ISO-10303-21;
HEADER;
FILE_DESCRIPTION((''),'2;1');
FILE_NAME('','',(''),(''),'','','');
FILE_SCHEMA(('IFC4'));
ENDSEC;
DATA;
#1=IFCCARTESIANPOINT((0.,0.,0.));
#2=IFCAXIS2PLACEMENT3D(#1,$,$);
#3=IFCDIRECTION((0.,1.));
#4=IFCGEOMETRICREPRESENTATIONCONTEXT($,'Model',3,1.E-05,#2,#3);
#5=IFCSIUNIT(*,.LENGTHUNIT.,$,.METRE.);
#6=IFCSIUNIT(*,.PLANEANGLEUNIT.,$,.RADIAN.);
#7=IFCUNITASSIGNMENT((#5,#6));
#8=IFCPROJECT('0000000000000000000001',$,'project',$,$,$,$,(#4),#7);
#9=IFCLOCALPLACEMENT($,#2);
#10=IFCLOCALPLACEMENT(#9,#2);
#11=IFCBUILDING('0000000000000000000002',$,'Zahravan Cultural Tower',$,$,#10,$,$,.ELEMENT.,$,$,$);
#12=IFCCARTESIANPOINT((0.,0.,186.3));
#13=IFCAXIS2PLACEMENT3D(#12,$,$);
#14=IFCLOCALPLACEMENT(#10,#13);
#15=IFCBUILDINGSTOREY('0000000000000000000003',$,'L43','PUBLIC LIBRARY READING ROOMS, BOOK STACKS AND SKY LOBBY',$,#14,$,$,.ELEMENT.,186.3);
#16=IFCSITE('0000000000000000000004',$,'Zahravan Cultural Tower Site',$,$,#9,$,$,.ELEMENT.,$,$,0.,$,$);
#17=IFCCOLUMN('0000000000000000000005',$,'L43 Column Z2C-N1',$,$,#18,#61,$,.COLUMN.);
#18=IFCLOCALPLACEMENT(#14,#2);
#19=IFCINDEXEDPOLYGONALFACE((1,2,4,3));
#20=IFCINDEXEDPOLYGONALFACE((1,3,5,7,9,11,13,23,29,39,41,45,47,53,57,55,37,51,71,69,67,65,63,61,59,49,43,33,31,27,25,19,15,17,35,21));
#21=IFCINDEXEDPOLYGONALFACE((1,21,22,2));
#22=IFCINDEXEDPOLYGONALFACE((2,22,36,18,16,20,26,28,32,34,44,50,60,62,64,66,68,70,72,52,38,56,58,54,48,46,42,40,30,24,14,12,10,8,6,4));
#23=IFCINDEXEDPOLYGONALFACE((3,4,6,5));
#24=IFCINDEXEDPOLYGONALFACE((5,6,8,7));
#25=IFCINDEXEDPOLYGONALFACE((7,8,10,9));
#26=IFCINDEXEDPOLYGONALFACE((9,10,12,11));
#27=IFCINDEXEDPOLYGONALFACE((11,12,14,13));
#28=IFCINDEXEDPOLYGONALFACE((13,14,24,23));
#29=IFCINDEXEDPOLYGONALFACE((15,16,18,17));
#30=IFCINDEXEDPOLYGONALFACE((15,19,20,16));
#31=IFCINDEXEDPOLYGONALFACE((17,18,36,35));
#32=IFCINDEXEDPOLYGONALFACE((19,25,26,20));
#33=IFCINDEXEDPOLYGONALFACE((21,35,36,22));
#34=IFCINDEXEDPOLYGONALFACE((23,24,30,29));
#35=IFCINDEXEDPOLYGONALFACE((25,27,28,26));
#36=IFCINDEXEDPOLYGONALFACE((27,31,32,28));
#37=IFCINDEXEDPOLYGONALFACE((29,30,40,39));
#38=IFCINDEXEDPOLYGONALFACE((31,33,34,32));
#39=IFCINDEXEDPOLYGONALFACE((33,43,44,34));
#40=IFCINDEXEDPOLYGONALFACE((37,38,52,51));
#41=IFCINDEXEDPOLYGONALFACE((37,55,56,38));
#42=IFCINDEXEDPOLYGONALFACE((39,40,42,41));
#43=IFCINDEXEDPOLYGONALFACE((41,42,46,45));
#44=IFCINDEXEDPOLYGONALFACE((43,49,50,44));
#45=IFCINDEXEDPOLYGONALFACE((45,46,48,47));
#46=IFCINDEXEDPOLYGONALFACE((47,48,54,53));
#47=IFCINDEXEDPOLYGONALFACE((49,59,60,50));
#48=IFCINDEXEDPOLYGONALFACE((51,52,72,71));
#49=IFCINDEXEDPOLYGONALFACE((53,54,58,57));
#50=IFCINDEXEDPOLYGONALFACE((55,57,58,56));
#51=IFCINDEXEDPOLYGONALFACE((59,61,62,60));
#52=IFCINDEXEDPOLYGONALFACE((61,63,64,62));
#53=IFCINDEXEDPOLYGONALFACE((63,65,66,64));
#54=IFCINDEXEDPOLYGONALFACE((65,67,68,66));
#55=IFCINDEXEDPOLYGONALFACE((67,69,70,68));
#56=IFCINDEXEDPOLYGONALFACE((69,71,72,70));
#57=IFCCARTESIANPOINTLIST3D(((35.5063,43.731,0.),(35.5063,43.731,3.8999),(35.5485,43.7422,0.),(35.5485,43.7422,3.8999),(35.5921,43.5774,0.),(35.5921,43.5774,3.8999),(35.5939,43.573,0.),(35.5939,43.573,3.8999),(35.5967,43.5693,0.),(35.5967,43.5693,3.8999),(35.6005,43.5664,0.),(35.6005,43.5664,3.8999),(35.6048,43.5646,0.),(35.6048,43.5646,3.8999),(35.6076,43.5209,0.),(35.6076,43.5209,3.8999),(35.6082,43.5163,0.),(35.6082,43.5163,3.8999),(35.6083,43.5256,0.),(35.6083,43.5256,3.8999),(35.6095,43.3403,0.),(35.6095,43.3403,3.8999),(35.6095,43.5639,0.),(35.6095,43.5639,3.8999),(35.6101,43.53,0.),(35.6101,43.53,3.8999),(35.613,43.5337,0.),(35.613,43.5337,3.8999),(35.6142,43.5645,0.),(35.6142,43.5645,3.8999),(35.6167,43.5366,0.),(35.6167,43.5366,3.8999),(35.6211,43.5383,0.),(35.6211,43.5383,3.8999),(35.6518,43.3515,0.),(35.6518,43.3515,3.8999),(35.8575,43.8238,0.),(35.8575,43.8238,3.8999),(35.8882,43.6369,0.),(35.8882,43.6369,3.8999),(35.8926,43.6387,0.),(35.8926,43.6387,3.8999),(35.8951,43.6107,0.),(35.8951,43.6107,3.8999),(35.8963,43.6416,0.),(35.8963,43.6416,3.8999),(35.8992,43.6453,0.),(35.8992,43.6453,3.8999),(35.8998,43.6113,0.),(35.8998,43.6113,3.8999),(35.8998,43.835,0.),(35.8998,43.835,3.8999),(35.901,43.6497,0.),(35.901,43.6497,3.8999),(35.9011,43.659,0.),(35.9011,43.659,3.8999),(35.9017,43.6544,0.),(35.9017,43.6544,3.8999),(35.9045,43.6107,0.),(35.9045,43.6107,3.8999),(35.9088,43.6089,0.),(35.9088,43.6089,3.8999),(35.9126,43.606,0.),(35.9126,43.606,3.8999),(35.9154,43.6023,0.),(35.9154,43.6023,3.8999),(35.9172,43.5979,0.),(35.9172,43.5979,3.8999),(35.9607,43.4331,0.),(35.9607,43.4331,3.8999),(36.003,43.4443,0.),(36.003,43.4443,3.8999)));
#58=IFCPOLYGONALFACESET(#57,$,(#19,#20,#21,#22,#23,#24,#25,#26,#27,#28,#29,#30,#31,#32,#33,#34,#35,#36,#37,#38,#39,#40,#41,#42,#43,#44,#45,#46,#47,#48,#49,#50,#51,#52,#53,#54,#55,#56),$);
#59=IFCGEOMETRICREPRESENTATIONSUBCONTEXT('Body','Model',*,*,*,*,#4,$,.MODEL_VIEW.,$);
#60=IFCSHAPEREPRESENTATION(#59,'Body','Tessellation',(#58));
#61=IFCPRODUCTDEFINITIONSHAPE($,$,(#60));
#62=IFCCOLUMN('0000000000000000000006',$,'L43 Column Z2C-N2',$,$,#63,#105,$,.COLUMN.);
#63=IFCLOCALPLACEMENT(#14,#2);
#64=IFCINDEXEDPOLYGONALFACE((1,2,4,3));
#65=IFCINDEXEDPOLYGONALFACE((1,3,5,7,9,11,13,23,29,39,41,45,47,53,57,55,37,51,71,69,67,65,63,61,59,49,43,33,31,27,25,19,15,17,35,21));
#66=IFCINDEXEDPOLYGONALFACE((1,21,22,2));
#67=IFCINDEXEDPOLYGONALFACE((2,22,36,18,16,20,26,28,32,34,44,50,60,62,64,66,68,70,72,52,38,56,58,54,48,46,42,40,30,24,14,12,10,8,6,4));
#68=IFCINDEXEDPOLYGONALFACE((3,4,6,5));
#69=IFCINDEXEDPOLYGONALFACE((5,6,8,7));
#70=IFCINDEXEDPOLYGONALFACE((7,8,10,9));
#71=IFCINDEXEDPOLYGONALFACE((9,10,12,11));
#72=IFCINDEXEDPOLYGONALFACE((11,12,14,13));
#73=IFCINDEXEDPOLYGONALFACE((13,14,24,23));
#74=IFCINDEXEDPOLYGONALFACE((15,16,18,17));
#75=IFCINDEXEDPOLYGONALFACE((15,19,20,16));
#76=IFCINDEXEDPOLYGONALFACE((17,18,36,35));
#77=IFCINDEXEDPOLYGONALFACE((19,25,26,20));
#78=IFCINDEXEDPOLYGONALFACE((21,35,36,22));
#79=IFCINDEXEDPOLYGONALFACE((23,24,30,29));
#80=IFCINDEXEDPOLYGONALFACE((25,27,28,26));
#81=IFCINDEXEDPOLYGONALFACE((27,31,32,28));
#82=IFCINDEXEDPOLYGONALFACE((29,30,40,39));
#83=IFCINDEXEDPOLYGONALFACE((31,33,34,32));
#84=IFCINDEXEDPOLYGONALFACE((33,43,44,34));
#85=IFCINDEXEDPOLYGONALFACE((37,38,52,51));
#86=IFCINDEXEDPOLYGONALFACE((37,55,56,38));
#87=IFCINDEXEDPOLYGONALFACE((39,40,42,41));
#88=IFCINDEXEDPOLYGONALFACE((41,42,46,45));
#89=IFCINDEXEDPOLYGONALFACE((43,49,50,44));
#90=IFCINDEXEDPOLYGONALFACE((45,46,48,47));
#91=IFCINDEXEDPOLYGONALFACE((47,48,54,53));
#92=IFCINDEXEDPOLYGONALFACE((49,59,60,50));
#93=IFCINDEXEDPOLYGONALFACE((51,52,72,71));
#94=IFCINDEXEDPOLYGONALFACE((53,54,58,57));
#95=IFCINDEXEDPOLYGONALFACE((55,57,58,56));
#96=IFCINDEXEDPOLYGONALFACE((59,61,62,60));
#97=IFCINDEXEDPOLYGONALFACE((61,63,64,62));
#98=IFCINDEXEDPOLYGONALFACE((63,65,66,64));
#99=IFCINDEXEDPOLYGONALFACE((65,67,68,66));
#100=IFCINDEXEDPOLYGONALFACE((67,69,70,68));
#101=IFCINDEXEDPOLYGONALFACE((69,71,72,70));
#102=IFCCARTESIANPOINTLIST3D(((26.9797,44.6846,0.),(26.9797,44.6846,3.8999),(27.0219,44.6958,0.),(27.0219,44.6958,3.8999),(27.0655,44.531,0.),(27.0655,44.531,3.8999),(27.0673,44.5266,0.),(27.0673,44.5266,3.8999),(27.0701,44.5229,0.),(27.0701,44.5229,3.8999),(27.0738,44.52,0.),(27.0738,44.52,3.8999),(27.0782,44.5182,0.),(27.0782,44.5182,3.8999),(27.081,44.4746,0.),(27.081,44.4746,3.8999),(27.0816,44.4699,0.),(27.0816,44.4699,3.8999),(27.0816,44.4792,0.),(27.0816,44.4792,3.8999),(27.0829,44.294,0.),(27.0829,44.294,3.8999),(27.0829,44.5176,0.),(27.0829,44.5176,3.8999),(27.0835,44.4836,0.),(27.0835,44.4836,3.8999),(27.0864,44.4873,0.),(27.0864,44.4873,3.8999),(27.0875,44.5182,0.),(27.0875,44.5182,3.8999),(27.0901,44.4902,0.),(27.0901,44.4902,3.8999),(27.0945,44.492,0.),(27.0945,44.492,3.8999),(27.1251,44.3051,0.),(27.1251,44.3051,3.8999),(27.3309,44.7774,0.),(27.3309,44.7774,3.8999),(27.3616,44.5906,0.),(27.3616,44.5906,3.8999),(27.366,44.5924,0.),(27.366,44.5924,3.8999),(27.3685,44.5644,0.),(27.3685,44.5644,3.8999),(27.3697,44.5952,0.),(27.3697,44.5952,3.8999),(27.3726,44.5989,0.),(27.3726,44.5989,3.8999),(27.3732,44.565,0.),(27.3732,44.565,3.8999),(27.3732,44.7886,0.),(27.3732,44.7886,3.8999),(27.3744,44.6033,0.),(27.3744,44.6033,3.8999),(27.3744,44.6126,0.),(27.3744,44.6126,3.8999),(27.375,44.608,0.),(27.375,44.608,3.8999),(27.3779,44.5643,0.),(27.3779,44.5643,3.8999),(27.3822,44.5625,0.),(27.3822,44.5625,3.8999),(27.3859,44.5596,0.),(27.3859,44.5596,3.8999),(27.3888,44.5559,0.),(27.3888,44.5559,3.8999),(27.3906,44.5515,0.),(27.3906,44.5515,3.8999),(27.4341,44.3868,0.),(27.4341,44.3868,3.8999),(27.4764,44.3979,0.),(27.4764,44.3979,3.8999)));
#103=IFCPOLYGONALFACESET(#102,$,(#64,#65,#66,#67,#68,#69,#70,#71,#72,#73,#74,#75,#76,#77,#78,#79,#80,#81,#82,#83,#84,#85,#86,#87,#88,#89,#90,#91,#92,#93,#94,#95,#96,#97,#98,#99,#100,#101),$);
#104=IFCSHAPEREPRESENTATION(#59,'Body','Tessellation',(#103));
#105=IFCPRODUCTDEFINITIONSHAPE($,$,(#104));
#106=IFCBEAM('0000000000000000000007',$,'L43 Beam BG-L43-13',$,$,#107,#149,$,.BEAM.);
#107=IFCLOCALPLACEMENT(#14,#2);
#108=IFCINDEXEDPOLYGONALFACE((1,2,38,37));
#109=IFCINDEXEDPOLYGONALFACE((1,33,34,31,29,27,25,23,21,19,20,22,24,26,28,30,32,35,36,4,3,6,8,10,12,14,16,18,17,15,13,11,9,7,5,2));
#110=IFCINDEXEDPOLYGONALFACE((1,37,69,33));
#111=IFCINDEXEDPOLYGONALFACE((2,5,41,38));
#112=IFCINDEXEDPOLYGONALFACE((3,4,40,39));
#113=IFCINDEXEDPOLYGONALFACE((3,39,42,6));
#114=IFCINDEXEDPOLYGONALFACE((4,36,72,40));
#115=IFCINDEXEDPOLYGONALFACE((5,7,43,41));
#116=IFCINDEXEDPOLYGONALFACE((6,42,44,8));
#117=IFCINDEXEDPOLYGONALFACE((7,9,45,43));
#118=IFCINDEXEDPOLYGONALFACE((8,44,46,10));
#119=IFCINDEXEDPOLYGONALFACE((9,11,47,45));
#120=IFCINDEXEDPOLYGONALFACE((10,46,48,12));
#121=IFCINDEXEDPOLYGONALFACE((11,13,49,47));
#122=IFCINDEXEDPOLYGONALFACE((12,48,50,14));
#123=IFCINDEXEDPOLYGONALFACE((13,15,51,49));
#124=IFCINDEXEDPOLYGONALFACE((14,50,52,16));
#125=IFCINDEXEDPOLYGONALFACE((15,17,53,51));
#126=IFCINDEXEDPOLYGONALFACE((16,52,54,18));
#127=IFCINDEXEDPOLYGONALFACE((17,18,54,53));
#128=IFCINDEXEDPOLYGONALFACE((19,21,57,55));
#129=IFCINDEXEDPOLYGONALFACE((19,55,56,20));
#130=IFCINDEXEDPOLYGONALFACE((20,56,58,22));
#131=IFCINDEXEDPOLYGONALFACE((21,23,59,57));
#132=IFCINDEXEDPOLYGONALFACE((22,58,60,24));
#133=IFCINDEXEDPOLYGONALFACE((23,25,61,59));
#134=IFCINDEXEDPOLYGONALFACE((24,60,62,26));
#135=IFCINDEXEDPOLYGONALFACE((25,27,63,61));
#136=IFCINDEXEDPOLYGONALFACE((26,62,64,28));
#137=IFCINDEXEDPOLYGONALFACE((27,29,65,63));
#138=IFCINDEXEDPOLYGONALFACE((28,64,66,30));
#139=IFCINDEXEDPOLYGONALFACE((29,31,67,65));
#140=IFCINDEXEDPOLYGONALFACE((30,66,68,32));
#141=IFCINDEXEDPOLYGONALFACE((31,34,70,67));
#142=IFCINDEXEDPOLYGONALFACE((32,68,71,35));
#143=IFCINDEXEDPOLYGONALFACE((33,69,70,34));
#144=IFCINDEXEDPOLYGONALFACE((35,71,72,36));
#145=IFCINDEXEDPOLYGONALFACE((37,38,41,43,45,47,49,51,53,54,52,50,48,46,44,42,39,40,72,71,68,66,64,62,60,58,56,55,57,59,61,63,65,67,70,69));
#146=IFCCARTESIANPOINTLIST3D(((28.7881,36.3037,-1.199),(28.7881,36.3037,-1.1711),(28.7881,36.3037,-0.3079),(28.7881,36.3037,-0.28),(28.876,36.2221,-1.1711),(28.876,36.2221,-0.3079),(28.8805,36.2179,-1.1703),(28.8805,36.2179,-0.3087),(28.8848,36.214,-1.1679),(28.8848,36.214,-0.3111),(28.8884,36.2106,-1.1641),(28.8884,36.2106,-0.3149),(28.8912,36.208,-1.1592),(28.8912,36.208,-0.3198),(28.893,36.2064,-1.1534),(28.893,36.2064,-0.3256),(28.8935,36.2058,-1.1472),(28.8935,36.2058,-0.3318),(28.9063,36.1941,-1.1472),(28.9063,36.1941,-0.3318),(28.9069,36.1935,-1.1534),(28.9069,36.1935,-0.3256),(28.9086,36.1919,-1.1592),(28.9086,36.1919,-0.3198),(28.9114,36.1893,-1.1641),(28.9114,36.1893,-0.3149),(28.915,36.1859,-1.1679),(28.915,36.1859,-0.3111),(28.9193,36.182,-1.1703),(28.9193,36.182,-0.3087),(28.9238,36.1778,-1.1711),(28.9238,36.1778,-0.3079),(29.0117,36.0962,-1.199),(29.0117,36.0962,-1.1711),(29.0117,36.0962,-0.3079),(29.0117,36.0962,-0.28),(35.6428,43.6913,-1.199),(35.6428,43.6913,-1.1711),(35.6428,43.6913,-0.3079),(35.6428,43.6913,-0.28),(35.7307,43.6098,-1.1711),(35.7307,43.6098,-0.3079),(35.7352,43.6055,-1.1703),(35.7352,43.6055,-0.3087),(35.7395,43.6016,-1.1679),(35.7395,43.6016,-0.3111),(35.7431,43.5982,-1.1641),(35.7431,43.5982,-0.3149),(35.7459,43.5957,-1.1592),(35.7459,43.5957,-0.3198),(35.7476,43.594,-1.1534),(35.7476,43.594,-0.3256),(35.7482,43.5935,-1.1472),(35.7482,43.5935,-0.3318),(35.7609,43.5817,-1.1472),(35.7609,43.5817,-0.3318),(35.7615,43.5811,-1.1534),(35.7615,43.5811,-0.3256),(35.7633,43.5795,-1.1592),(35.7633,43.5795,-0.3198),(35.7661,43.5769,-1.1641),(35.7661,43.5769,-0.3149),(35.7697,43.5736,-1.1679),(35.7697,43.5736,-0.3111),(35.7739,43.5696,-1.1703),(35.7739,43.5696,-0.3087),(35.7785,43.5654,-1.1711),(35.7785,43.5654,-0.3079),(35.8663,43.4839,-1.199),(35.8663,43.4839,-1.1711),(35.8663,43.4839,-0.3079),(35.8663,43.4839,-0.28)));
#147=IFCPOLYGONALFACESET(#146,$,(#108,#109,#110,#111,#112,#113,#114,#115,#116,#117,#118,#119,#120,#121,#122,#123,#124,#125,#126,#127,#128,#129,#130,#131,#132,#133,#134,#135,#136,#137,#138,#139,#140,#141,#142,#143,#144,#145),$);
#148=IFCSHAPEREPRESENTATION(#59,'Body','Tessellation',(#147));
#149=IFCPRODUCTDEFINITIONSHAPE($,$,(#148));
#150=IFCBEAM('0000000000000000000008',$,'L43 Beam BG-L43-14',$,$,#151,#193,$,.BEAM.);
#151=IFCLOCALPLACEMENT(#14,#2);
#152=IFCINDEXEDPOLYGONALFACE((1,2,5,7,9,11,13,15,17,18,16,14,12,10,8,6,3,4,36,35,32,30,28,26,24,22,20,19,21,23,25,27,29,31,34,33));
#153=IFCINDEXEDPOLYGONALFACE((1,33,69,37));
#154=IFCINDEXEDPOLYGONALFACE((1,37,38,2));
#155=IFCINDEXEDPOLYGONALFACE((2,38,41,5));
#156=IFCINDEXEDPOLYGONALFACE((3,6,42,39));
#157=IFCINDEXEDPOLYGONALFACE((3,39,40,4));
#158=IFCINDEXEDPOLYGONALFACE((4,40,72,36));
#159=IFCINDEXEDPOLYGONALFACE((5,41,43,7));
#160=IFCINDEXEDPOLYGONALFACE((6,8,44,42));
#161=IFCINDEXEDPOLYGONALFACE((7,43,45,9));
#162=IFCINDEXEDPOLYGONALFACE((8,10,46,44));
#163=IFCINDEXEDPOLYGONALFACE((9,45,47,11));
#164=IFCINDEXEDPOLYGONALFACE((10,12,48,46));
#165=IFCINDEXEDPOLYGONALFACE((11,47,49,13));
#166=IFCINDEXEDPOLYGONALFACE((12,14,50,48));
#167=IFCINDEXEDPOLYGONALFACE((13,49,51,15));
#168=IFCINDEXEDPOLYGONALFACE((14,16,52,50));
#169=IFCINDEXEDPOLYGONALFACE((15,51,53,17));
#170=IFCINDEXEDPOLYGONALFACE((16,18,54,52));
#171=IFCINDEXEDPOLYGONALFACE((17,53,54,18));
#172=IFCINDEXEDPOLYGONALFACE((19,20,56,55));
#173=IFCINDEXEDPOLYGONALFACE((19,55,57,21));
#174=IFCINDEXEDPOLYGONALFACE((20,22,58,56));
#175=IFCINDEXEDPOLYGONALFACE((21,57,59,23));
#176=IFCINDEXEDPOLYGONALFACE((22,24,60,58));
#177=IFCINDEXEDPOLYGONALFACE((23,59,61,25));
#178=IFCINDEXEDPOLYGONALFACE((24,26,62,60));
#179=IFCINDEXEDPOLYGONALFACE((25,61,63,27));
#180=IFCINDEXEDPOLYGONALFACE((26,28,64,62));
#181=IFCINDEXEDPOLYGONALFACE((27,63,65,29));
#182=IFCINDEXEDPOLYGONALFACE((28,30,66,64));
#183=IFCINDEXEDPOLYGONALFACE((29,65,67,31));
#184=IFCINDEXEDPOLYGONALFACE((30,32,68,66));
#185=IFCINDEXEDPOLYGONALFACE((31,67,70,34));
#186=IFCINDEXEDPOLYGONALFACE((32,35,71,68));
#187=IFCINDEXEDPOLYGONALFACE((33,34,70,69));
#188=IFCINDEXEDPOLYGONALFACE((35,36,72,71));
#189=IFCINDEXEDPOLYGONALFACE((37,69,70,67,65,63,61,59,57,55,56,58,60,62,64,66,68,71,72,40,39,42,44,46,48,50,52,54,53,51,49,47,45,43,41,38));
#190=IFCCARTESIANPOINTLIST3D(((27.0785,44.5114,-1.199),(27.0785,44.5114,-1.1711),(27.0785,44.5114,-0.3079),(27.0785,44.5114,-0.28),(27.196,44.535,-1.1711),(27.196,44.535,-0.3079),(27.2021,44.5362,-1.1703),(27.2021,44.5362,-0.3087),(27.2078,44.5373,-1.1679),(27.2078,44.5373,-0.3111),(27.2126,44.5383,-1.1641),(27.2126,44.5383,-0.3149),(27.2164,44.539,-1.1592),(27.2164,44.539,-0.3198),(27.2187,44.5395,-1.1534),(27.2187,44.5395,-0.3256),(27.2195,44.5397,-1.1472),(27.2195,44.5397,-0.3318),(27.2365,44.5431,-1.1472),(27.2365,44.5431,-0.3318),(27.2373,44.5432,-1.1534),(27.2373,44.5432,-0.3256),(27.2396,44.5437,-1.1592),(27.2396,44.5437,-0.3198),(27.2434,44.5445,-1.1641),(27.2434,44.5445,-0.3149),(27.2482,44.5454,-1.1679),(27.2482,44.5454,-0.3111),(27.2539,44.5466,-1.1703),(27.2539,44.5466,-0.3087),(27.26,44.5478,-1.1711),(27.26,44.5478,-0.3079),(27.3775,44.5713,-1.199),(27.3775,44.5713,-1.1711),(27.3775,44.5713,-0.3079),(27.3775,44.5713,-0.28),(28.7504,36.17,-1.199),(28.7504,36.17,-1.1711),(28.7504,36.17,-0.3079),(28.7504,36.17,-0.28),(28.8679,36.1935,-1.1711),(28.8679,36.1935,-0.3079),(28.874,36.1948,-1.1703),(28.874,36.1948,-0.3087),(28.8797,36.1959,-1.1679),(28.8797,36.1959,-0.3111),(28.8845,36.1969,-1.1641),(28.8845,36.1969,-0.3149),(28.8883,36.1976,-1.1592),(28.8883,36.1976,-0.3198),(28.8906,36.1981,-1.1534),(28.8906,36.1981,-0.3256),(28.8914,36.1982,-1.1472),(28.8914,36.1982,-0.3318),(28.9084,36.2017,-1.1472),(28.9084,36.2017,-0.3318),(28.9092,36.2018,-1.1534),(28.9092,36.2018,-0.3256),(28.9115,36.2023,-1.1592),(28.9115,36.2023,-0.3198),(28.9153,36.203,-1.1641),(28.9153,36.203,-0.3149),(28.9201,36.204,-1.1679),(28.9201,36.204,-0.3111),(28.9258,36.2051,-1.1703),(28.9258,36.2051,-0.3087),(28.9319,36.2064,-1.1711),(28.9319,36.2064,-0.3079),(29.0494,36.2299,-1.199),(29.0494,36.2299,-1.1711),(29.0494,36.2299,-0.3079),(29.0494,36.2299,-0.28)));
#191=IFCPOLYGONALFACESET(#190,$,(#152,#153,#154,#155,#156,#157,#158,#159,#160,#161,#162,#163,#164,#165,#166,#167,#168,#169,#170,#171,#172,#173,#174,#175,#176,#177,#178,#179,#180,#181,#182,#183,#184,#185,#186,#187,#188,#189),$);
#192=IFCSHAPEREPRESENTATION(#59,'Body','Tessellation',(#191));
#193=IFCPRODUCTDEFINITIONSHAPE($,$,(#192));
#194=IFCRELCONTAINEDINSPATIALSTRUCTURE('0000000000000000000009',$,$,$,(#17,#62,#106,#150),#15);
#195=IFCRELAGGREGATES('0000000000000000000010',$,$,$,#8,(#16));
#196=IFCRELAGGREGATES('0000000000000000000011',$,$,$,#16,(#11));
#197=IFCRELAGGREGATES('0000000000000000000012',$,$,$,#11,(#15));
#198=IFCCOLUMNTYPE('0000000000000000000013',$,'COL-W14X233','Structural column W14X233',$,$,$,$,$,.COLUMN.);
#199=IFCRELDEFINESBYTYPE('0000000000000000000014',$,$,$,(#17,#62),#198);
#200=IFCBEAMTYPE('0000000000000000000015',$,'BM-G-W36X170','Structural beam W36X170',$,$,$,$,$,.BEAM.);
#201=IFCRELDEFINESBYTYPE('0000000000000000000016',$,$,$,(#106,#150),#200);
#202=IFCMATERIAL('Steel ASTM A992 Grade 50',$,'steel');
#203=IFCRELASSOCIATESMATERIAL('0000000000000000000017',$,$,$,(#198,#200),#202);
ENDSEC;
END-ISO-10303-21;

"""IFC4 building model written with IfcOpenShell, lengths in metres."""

from ifc_helpers import new_model, si_unit, direction, frame, origin, origin_2d, place, context, subcontext, project, spatial, i_section, extrude, source, transform, mapped, material, material_profile, profile_set, type_object, element, save


model = new_model("IFC4")

# Units and contexts
model_context = context("Model", 3, precision=1e-05, world=origin(), true_north=direction((0.0, 1.0)))
body_context = subcontext(model_context, "Body", "Model", "MODEL_VIEW")
ifc_project = project(units=[si_unit("LENGTHUNIT", "METRE"), si_unit("PLANEANGLEUNIT", "RADIAN")], contexts=[model_context])

# Site, building, storey
site_placement = place(None, origin())
site = spatial("IfcSite", under=ifc_project, at=site_placement, Name="Zahravan Cultural Tower Site", CompositionType="ELEMENT", RefElevation=0.0)
building_placement = place(site_placement, origin())
building = spatial("IfcBuilding", under=site, at=building_placement, Name="Zahravan Cultural Tower", CompositionType="ELEMENT")
storey_placement = place(building_placement, frame((0.0, 0.0, 186.3)))
storey = spatial("IfcBuildingStorey", under=building, at=storey_placement, Name="L43", Description="PUBLIC LIBRARY READING ROOMS, BOOK STACKS AND SKY LOBBY", CompositionType="ELEMENT", Elevation=186.3)

# Columns
ifc_material_1 = material(Name="Steel ASTM A992 Grade 50", Category="steel")
ifc_material_profile_1 = material_profile(ifc_material_1, i_section(OverallWidth=0.4041, OverallDepth=0.407, WebThickness=0.0271, FlangeThickness=0.0437, FilletRadius=0.0181, at=origin_2d()), Name="W14X233")
ifc_profile_set_1 = profile_set([ifc_material_profile_1], Name="Steel ASTM A992 Grade 50")
column_type = type_object("IfcColumnType", Name="COL-W14X233", Description="Structural column W14X233", PredefinedType="COLUMN", material=ifc_profile_set_1)
shared_shape_1 = source(origin(), body_context, "Body", "SweptSolid", [
    extrude(i_section(OverallWidth=0.4041, OverallDepth=0.407, WebThickness=0.0271, FlangeThickness=0.0437, FilletRadius=0.0181, at=origin_2d()), origin(), (0.0, 0.0, 1.0), 3.8999),
])
for number, where, z_axis, x_axis, name in (
    (1, (35.7546, 43.5876, 0.0), (0.0, 0.0, 1.0), (-0.255446, 0.966823, 0.0), "L43 Column Z2C-N1"),
    (2, (27.228, 44.5413, 0.0), (0.0, 0.0, 1.0), (-0.255446, 0.966823, 0.0), "L43 Column Z2C-N2"),
):
    element("IfcColumn", number, at=place(storey_placement, frame(where, z_axis=z_axis, x_axis=x_axis)), inside=storey, type_object=column_type, Name=name, PredefinedType="COLUMN", context=body_context, shape_type="MappedRepresentation", body=[
        mapped(shared_shape_1, transform((0.0, 0.0, 0.0), x_axis=(1.0, 0.0, 0.0), y_axis=(0.0, 1.0, 0.0), z_axis=(0.0, 0.0, 1.0), scale=1.0)),
    ])

# Beams
ifc_material_profile_2 = material_profile(ifc_material_1, i_section(OverallWidth=0.3049, OverallDepth=0.9189, WebThickness=0.0173, FlangeThickness=0.0278, FilletRadius=0.0239, at=origin_2d()), Name="W36X170")
ifc_profile_set_2 = profile_set([ifc_material_profile_2], Name="Steel ASTM A992 Grade 50")
beam_type_1 = type_object("IfcBeamType", Name="BM-G-W36X170", Description="Structural beam W36X170", PredefinedType="BEAM", material=ifc_profile_set_2)
shared_shape_2 = source(origin(), body_context, "Body", "SweptSolid", [
    extrude(i_section(OverallWidth=0.3049, OverallDepth=0.9189, WebThickness=0.0173, FlangeThickness=0.0278, FilletRadius=0.0239, at=origin_2d()), origin(), (0.0, 0.0, 1.0), 10.0779),
])
beam_1_placement = place(storey_placement, frame((28.8999, 36.2, -0.7395), z_axis=(0.68017, 0.733054, 0.0), x_axis=(-0.733054, 0.68017, 0.0)))
element("IfcBeam", 3, at=beam_1_placement, inside=storey, type_object=beam_type_1, Name="L43 Beam BG-L43-13", PredefinedType="BEAM", context=body_context, shape_type="MappedRepresentation", body=[
    mapped(shared_shape_2, transform((0.0, 0.0, 0.0), x_axis=(1.0, 0.0, 0.0), y_axis=(0.0, 1.0, 0.0), z_axis=(0.0, 0.0, 1.0), scale=1.0)),
])
shared_shape_3 = source(origin(), body_context, "Body", "SweptSolid", [
    extrude(i_section(OverallWidth=0.3049, OverallDepth=0.9189, WebThickness=0.0173, FlangeThickness=0.0278, FilletRadius=0.0239, at=origin_2d()), origin(), (0.0, 0.0, 1.0), 8.5073),
])
beam_2_placement = place(storey_placement, frame((28.8999, 36.2, -0.7395), z_axis=(-0.196525, 0.980499, 0.0), x_axis=(-0.980499, -0.196525, 0.0)))
element("IfcBeam", 4, at=beam_2_placement, inside=storey, type_object=beam_type_1, Name="L43 Beam BG-L43-14", PredefinedType="BEAM", context=body_context, shape_type="MappedRepresentation", body=[
    mapped(shared_shape_3, transform((0.0, 0.0, 0.0), x_axis=(1.0, 0.0, 0.0), y_axis=(0.0, 1.0, 0.0), z_axis=(0.0, 0.0, 1.0), scale=1.0)),
])

save(model, "model.ifc")
